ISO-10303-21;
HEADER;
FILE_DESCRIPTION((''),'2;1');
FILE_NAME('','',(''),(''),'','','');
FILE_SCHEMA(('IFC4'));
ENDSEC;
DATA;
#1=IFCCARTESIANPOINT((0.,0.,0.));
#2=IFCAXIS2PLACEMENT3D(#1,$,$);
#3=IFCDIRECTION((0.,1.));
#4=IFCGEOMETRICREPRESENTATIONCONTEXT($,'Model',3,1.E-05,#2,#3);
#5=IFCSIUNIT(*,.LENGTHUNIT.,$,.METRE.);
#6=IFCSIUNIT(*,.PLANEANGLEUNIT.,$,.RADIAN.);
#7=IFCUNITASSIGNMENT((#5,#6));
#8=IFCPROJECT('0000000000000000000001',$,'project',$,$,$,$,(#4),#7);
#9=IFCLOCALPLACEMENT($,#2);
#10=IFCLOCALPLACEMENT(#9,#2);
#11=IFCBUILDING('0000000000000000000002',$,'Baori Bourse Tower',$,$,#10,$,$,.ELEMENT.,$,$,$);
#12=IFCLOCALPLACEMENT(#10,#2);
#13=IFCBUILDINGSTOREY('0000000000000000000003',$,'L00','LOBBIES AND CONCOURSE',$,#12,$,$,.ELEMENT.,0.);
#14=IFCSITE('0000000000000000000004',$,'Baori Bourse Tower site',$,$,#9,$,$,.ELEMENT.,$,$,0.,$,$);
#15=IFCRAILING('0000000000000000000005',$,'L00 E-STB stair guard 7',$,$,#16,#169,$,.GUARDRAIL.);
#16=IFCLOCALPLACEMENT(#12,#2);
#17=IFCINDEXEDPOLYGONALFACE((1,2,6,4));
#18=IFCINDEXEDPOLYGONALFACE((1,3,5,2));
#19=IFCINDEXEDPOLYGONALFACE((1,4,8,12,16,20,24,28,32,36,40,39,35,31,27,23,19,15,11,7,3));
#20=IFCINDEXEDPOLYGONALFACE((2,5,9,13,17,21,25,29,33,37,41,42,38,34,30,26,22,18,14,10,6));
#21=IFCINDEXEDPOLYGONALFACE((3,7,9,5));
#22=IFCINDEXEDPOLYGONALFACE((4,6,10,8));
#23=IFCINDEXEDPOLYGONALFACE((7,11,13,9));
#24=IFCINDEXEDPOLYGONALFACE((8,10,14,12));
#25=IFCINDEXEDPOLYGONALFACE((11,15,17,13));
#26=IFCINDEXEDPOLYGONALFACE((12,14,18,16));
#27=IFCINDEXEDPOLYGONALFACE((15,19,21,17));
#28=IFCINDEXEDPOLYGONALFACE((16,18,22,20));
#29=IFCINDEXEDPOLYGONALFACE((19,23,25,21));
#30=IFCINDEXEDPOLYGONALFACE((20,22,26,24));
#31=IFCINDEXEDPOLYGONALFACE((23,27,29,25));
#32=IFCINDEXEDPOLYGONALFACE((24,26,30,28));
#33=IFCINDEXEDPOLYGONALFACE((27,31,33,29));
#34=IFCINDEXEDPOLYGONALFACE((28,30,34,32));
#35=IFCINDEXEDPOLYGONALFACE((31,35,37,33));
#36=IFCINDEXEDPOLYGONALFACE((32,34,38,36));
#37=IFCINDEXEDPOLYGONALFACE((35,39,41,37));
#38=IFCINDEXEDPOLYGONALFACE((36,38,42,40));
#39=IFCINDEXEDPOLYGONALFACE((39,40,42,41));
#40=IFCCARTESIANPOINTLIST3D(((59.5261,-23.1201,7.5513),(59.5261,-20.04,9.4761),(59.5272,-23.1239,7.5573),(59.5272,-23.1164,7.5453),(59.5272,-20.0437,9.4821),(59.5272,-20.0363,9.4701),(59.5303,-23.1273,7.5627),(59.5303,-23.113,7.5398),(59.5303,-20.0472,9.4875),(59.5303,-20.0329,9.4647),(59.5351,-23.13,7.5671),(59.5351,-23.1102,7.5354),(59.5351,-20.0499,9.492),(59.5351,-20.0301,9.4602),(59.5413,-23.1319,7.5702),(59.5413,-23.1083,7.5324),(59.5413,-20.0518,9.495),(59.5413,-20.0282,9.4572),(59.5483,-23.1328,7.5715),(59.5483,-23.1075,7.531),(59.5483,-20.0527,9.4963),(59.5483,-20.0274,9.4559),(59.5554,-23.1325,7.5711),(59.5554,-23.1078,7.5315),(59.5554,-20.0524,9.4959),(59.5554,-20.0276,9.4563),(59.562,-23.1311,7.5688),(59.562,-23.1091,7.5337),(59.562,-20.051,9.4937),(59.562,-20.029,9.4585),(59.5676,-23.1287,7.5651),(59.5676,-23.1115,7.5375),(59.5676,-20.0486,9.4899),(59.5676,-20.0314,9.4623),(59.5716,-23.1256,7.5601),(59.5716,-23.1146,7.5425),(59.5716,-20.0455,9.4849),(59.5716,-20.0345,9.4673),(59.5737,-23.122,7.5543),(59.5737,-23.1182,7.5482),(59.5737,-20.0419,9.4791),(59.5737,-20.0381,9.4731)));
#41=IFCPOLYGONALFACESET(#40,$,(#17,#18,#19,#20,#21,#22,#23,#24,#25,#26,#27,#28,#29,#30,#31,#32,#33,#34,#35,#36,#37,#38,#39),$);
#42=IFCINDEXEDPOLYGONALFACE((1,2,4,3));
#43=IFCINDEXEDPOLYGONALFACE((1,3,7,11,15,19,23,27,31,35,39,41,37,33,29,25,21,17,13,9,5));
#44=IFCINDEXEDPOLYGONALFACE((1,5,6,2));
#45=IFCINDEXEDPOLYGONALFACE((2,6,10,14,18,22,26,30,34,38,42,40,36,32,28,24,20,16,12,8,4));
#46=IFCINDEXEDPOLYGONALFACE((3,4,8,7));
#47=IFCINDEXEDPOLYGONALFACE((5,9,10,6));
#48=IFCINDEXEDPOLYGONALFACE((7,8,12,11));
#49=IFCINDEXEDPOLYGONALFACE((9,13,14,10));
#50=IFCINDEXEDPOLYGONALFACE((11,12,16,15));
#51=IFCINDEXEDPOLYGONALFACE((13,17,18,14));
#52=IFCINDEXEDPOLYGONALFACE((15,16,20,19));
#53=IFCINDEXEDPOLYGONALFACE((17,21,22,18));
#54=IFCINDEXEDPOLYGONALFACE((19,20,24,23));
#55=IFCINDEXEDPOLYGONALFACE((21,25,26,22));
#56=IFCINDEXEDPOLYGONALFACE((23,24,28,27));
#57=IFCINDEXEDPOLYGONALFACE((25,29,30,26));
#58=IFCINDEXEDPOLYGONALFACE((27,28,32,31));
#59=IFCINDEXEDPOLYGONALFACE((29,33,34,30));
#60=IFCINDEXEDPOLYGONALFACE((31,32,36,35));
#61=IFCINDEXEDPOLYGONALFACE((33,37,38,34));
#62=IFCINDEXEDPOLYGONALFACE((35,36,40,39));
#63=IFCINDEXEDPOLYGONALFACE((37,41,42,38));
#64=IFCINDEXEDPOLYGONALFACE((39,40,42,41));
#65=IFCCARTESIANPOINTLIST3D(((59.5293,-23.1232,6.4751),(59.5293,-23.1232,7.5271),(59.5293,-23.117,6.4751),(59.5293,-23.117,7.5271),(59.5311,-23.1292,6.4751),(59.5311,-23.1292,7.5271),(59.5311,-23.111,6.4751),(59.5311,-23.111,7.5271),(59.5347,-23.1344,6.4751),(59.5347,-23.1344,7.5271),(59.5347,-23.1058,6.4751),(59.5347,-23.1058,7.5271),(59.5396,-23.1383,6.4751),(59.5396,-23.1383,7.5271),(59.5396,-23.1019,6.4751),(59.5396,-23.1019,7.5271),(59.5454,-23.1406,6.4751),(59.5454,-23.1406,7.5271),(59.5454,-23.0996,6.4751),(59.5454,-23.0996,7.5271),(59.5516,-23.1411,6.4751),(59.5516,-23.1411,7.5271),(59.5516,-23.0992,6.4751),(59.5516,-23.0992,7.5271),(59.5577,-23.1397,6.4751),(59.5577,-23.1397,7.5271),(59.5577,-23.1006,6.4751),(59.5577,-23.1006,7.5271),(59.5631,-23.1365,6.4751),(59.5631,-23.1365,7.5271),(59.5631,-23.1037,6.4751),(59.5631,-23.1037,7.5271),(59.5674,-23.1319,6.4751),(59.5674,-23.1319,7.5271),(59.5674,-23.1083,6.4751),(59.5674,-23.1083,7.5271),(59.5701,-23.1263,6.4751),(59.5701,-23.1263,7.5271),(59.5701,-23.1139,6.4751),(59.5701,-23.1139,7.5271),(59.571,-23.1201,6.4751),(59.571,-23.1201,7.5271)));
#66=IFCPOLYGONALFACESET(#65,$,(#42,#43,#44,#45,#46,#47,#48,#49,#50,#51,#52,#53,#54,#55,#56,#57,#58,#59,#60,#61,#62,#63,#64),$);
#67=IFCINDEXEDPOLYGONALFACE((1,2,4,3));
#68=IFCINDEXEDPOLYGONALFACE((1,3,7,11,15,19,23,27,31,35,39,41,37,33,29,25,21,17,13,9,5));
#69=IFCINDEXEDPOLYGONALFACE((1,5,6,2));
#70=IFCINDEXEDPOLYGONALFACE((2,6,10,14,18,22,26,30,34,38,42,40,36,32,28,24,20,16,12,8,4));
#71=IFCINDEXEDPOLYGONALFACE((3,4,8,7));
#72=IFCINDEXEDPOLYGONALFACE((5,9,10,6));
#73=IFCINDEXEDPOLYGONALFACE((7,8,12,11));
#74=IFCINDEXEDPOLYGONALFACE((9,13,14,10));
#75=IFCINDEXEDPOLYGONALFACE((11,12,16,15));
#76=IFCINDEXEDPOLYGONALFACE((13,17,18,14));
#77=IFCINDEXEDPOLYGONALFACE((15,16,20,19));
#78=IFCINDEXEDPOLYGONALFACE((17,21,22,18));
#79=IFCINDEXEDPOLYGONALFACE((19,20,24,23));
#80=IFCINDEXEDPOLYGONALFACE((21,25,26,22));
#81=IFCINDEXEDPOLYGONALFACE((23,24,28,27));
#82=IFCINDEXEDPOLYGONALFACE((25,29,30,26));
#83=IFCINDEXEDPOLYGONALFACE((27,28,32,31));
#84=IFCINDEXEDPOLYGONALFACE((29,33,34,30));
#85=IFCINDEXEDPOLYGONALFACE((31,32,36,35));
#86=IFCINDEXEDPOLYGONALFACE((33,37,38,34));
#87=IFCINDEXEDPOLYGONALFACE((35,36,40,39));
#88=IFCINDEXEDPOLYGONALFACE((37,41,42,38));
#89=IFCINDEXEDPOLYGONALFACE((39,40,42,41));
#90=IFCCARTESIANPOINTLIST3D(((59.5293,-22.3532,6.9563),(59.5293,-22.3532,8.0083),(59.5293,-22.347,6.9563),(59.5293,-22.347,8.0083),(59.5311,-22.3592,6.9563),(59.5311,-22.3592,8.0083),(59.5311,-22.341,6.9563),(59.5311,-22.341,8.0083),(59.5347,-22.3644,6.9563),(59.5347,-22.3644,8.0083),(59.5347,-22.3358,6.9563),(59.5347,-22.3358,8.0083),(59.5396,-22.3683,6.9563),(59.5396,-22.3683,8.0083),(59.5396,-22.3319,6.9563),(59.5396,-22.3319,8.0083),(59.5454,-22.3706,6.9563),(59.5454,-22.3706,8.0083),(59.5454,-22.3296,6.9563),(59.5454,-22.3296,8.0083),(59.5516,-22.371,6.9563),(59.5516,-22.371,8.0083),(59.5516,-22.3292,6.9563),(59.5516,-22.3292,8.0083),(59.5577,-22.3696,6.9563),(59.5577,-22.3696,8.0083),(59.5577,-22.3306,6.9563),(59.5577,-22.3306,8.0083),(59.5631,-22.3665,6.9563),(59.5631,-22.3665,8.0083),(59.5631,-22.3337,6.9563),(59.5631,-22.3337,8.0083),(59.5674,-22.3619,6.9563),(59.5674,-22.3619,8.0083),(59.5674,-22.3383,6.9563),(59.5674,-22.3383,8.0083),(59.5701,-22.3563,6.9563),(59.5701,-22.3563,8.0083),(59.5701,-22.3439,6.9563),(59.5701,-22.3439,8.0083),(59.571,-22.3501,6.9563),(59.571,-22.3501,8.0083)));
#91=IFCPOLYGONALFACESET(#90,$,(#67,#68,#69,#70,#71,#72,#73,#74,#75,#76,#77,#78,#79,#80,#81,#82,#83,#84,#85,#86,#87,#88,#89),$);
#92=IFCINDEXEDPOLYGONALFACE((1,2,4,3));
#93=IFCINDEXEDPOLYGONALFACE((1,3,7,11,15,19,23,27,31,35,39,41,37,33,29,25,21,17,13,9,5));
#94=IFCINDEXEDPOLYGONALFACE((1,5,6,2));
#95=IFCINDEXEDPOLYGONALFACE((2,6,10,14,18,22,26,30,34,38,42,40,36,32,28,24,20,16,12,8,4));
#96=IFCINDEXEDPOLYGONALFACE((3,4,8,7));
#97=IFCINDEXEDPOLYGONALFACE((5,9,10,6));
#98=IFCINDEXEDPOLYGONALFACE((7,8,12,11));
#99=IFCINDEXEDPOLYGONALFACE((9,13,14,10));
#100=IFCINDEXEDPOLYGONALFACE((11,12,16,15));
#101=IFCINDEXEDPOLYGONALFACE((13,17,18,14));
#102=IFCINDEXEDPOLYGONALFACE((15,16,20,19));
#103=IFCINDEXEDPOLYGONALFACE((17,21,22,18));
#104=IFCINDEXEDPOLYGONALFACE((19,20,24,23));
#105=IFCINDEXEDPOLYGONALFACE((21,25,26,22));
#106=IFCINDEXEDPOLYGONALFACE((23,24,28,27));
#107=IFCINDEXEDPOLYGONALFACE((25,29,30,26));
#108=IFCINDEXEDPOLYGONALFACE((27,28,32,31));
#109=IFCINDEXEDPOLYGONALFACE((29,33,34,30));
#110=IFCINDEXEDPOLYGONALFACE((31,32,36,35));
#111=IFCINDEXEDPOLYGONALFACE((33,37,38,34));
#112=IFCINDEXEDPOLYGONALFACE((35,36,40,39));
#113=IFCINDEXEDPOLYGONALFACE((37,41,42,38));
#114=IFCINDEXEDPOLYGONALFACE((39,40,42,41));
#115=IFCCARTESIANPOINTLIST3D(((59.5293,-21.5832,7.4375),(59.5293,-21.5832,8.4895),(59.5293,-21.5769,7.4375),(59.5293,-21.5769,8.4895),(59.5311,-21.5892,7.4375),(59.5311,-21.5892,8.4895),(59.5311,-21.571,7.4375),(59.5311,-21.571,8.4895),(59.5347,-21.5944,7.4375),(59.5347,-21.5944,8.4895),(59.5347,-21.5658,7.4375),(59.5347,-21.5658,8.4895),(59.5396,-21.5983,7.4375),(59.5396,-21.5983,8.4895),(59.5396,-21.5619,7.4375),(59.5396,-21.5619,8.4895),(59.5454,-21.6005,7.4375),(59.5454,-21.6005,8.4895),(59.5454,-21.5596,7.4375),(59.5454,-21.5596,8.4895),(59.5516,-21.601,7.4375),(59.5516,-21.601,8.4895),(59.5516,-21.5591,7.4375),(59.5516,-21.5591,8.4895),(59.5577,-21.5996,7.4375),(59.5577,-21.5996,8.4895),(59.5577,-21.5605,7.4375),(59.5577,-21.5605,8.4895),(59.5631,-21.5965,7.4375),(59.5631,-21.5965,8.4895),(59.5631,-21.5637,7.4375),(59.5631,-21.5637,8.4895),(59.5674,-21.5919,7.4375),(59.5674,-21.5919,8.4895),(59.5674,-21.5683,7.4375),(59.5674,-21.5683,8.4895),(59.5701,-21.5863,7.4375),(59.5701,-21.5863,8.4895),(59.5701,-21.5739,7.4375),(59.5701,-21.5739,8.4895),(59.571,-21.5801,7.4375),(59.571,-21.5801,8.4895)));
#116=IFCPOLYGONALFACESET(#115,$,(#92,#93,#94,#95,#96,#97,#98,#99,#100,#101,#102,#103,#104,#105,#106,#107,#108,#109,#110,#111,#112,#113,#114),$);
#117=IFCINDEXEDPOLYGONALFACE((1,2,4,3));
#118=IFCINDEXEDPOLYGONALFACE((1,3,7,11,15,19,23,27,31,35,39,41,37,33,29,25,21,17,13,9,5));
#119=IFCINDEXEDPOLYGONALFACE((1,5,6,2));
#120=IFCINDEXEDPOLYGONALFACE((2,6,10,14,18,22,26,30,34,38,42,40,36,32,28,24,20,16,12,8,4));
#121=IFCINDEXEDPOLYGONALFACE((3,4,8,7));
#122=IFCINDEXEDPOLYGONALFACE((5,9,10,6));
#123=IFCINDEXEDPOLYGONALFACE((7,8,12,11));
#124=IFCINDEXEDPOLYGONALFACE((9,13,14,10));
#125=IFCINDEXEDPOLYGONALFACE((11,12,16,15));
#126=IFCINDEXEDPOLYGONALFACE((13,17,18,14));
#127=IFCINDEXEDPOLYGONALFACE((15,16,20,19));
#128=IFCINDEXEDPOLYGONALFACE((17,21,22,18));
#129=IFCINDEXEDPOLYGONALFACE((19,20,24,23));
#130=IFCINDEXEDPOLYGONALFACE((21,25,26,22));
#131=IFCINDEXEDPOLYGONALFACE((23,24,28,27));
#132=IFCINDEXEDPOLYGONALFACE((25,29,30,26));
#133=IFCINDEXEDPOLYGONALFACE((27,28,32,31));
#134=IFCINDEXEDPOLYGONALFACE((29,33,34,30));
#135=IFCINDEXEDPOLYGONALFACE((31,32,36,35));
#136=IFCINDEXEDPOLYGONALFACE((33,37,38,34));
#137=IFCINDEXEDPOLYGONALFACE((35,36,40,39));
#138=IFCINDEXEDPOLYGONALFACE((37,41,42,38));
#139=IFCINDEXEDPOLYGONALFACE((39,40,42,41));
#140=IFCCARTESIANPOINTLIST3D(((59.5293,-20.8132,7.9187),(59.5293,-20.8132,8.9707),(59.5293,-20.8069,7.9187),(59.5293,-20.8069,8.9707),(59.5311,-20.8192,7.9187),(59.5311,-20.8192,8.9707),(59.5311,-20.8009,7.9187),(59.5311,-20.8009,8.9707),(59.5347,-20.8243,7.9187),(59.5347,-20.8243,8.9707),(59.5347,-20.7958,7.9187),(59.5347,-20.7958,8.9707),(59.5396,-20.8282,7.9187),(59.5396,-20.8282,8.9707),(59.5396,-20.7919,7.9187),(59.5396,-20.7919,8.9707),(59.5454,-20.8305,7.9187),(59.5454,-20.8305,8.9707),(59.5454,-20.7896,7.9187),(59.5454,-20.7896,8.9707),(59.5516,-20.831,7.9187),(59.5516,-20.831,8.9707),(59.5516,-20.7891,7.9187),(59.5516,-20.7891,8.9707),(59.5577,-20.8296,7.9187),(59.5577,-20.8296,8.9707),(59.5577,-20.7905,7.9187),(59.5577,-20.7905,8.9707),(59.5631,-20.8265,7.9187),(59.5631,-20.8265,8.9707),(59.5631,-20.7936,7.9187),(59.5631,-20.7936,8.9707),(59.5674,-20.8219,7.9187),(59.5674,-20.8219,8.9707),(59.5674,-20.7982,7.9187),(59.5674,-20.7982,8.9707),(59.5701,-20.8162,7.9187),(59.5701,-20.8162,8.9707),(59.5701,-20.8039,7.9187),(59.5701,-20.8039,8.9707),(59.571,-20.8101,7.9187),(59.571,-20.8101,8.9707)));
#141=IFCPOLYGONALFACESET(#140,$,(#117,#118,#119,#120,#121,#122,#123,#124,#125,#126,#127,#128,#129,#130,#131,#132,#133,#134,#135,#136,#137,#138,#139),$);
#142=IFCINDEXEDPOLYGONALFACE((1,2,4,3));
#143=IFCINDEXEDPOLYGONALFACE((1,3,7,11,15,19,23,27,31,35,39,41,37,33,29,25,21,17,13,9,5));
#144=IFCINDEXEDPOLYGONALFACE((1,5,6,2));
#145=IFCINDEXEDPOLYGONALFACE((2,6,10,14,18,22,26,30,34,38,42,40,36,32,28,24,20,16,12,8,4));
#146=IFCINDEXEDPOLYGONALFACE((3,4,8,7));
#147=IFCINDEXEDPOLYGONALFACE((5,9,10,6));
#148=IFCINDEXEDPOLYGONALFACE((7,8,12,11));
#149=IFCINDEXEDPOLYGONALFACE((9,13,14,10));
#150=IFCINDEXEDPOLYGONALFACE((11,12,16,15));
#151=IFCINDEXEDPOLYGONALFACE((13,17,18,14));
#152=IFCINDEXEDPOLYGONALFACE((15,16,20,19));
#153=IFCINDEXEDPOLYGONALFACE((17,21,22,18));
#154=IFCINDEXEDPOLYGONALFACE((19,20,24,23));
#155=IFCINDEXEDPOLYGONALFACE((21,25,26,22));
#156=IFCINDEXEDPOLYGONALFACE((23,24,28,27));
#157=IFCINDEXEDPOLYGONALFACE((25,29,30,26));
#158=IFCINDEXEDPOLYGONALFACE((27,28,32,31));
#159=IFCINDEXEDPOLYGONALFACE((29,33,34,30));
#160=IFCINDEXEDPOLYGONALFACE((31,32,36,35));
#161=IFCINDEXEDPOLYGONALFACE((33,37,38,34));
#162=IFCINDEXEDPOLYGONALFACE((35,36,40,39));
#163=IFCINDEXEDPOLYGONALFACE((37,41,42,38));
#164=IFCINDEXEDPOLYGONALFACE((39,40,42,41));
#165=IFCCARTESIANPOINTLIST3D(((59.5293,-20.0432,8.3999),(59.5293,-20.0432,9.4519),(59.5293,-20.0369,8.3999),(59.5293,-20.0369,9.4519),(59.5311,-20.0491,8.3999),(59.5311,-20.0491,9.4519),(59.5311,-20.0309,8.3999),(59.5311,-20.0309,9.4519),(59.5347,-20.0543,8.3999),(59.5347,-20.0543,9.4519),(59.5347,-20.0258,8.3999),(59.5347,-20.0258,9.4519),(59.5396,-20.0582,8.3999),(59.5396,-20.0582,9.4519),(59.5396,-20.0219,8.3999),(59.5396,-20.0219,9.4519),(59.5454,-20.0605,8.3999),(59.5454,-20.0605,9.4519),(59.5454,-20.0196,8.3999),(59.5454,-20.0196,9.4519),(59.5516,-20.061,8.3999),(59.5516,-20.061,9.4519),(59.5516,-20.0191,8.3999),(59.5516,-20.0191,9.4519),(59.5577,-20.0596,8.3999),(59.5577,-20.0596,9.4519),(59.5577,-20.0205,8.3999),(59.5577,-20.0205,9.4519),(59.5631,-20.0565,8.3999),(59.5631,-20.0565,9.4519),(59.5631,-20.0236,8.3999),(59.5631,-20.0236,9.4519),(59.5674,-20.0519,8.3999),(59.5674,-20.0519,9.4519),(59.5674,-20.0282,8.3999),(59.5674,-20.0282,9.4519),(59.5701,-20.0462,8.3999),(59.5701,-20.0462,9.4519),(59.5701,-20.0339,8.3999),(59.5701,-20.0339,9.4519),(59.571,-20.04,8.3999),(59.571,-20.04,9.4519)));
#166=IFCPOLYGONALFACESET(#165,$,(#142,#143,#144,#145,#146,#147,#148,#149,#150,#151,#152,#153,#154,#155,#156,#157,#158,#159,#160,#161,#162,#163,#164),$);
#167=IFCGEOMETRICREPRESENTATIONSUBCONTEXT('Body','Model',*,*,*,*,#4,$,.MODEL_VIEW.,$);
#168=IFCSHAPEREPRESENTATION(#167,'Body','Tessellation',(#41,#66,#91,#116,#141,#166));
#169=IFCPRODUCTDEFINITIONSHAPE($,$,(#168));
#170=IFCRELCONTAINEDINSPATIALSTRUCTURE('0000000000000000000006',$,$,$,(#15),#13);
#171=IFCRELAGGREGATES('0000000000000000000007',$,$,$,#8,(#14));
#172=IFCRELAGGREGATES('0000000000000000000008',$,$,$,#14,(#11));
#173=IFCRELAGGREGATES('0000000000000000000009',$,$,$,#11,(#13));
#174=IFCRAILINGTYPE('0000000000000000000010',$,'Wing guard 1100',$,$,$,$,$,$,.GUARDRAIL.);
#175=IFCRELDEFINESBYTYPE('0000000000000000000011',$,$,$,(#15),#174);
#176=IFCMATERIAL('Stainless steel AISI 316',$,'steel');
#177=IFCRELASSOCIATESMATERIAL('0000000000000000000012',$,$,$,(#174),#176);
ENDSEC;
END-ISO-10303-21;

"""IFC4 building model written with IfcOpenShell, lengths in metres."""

from ifc_helpers import new_model, si_unit, direction, frame, origin, origin_2d, place, context, subcontext, project, spatial, circle, extrude, material, type_object, element, save


model = new_model("IFC4")

# Units and contexts
model_context = context("Model", 3, precision=1e-05, world=origin(), true_north=direction((0.0, 1.0)))
body_context = subcontext(model_context, "Body", "Model", "MODEL_VIEW")
ifc_project = project(units=[si_unit("LENGTHUNIT", "METRE"), si_unit("PLANEANGLEUNIT", "RADIAN")], contexts=[model_context])

# Site, building, storey
site_placement = place(None, origin())
site = spatial("IfcSite", under=ifc_project, at=site_placement, Name="Baori Bourse Tower site", CompositionType="ELEMENT", RefElevation=0.0)
building_placement = place(site_placement, origin())
building = spatial("IfcBuilding", under=site, at=building_placement, Name="Baori Bourse Tower", CompositionType="ELEMENT")
storey_placement = place(building_placement, origin())
storey = spatial("IfcBuildingStorey", under=building, at=storey_placement, Name="L00", Description="LOBBIES AND CONCOURSE", CompositionType="ELEMENT", Elevation=0.0)

# Railing
ifc_material_1 = material(Name="Stainless steel AISI 316", Category="steel")
railing_type_1 = type_object("IfcRailingType", Name="Wing guard 1100", PredefinedType="GUARDRAIL", material=ifc_material_1)
railing_1_placement = place(storey_placement, frame((59.55, -23.1201, 6.4751)))
element("IfcRailing", 1, at=railing_1_placement, inside=storey, type_object=railing_type_1, Name="L00 E-STB stair guard 7", PredefinedType="GUARDRAIL", context=body_context, shape_type="SweptSolid", body=[
    extrude(circle(Radius=0.0239, at=origin_2d()), frame((0.0, 0.0, 1.0762), z_axis=(0.0, 0.848029, 0.529951), x_axis=(-1.0, 0.0, 0.0)), (0.0, 0.0, 1.0), 3.6321),
    extrude(circle(Radius=0.021, at=origin_2d()), origin(), (0.0, 0.0, 1.0), 1.052),
    extrude(circle(Radius=0.021, at=origin_2d()), frame((0.0, 0.77, 0.4812)), (0.0, 0.0, 1.0), 1.052),
    extrude(circle(Radius=0.021, at=origin_2d()), frame((0.0, 1.54, 0.9624)), (0.0, 0.0, 1.0), 1.052),
    extrude(circle(Radius=0.021, at=origin_2d()), frame((0.0, 2.3101, 1.4436)), (0.0, 0.0, 1.0), 1.052),
    extrude(circle(Radius=0.021, at=origin_2d()), frame((0.0, 3.0801, 1.9248)), (0.0, 0.0, 1.0), 1.052),
])

save(model, "model.ifc")
